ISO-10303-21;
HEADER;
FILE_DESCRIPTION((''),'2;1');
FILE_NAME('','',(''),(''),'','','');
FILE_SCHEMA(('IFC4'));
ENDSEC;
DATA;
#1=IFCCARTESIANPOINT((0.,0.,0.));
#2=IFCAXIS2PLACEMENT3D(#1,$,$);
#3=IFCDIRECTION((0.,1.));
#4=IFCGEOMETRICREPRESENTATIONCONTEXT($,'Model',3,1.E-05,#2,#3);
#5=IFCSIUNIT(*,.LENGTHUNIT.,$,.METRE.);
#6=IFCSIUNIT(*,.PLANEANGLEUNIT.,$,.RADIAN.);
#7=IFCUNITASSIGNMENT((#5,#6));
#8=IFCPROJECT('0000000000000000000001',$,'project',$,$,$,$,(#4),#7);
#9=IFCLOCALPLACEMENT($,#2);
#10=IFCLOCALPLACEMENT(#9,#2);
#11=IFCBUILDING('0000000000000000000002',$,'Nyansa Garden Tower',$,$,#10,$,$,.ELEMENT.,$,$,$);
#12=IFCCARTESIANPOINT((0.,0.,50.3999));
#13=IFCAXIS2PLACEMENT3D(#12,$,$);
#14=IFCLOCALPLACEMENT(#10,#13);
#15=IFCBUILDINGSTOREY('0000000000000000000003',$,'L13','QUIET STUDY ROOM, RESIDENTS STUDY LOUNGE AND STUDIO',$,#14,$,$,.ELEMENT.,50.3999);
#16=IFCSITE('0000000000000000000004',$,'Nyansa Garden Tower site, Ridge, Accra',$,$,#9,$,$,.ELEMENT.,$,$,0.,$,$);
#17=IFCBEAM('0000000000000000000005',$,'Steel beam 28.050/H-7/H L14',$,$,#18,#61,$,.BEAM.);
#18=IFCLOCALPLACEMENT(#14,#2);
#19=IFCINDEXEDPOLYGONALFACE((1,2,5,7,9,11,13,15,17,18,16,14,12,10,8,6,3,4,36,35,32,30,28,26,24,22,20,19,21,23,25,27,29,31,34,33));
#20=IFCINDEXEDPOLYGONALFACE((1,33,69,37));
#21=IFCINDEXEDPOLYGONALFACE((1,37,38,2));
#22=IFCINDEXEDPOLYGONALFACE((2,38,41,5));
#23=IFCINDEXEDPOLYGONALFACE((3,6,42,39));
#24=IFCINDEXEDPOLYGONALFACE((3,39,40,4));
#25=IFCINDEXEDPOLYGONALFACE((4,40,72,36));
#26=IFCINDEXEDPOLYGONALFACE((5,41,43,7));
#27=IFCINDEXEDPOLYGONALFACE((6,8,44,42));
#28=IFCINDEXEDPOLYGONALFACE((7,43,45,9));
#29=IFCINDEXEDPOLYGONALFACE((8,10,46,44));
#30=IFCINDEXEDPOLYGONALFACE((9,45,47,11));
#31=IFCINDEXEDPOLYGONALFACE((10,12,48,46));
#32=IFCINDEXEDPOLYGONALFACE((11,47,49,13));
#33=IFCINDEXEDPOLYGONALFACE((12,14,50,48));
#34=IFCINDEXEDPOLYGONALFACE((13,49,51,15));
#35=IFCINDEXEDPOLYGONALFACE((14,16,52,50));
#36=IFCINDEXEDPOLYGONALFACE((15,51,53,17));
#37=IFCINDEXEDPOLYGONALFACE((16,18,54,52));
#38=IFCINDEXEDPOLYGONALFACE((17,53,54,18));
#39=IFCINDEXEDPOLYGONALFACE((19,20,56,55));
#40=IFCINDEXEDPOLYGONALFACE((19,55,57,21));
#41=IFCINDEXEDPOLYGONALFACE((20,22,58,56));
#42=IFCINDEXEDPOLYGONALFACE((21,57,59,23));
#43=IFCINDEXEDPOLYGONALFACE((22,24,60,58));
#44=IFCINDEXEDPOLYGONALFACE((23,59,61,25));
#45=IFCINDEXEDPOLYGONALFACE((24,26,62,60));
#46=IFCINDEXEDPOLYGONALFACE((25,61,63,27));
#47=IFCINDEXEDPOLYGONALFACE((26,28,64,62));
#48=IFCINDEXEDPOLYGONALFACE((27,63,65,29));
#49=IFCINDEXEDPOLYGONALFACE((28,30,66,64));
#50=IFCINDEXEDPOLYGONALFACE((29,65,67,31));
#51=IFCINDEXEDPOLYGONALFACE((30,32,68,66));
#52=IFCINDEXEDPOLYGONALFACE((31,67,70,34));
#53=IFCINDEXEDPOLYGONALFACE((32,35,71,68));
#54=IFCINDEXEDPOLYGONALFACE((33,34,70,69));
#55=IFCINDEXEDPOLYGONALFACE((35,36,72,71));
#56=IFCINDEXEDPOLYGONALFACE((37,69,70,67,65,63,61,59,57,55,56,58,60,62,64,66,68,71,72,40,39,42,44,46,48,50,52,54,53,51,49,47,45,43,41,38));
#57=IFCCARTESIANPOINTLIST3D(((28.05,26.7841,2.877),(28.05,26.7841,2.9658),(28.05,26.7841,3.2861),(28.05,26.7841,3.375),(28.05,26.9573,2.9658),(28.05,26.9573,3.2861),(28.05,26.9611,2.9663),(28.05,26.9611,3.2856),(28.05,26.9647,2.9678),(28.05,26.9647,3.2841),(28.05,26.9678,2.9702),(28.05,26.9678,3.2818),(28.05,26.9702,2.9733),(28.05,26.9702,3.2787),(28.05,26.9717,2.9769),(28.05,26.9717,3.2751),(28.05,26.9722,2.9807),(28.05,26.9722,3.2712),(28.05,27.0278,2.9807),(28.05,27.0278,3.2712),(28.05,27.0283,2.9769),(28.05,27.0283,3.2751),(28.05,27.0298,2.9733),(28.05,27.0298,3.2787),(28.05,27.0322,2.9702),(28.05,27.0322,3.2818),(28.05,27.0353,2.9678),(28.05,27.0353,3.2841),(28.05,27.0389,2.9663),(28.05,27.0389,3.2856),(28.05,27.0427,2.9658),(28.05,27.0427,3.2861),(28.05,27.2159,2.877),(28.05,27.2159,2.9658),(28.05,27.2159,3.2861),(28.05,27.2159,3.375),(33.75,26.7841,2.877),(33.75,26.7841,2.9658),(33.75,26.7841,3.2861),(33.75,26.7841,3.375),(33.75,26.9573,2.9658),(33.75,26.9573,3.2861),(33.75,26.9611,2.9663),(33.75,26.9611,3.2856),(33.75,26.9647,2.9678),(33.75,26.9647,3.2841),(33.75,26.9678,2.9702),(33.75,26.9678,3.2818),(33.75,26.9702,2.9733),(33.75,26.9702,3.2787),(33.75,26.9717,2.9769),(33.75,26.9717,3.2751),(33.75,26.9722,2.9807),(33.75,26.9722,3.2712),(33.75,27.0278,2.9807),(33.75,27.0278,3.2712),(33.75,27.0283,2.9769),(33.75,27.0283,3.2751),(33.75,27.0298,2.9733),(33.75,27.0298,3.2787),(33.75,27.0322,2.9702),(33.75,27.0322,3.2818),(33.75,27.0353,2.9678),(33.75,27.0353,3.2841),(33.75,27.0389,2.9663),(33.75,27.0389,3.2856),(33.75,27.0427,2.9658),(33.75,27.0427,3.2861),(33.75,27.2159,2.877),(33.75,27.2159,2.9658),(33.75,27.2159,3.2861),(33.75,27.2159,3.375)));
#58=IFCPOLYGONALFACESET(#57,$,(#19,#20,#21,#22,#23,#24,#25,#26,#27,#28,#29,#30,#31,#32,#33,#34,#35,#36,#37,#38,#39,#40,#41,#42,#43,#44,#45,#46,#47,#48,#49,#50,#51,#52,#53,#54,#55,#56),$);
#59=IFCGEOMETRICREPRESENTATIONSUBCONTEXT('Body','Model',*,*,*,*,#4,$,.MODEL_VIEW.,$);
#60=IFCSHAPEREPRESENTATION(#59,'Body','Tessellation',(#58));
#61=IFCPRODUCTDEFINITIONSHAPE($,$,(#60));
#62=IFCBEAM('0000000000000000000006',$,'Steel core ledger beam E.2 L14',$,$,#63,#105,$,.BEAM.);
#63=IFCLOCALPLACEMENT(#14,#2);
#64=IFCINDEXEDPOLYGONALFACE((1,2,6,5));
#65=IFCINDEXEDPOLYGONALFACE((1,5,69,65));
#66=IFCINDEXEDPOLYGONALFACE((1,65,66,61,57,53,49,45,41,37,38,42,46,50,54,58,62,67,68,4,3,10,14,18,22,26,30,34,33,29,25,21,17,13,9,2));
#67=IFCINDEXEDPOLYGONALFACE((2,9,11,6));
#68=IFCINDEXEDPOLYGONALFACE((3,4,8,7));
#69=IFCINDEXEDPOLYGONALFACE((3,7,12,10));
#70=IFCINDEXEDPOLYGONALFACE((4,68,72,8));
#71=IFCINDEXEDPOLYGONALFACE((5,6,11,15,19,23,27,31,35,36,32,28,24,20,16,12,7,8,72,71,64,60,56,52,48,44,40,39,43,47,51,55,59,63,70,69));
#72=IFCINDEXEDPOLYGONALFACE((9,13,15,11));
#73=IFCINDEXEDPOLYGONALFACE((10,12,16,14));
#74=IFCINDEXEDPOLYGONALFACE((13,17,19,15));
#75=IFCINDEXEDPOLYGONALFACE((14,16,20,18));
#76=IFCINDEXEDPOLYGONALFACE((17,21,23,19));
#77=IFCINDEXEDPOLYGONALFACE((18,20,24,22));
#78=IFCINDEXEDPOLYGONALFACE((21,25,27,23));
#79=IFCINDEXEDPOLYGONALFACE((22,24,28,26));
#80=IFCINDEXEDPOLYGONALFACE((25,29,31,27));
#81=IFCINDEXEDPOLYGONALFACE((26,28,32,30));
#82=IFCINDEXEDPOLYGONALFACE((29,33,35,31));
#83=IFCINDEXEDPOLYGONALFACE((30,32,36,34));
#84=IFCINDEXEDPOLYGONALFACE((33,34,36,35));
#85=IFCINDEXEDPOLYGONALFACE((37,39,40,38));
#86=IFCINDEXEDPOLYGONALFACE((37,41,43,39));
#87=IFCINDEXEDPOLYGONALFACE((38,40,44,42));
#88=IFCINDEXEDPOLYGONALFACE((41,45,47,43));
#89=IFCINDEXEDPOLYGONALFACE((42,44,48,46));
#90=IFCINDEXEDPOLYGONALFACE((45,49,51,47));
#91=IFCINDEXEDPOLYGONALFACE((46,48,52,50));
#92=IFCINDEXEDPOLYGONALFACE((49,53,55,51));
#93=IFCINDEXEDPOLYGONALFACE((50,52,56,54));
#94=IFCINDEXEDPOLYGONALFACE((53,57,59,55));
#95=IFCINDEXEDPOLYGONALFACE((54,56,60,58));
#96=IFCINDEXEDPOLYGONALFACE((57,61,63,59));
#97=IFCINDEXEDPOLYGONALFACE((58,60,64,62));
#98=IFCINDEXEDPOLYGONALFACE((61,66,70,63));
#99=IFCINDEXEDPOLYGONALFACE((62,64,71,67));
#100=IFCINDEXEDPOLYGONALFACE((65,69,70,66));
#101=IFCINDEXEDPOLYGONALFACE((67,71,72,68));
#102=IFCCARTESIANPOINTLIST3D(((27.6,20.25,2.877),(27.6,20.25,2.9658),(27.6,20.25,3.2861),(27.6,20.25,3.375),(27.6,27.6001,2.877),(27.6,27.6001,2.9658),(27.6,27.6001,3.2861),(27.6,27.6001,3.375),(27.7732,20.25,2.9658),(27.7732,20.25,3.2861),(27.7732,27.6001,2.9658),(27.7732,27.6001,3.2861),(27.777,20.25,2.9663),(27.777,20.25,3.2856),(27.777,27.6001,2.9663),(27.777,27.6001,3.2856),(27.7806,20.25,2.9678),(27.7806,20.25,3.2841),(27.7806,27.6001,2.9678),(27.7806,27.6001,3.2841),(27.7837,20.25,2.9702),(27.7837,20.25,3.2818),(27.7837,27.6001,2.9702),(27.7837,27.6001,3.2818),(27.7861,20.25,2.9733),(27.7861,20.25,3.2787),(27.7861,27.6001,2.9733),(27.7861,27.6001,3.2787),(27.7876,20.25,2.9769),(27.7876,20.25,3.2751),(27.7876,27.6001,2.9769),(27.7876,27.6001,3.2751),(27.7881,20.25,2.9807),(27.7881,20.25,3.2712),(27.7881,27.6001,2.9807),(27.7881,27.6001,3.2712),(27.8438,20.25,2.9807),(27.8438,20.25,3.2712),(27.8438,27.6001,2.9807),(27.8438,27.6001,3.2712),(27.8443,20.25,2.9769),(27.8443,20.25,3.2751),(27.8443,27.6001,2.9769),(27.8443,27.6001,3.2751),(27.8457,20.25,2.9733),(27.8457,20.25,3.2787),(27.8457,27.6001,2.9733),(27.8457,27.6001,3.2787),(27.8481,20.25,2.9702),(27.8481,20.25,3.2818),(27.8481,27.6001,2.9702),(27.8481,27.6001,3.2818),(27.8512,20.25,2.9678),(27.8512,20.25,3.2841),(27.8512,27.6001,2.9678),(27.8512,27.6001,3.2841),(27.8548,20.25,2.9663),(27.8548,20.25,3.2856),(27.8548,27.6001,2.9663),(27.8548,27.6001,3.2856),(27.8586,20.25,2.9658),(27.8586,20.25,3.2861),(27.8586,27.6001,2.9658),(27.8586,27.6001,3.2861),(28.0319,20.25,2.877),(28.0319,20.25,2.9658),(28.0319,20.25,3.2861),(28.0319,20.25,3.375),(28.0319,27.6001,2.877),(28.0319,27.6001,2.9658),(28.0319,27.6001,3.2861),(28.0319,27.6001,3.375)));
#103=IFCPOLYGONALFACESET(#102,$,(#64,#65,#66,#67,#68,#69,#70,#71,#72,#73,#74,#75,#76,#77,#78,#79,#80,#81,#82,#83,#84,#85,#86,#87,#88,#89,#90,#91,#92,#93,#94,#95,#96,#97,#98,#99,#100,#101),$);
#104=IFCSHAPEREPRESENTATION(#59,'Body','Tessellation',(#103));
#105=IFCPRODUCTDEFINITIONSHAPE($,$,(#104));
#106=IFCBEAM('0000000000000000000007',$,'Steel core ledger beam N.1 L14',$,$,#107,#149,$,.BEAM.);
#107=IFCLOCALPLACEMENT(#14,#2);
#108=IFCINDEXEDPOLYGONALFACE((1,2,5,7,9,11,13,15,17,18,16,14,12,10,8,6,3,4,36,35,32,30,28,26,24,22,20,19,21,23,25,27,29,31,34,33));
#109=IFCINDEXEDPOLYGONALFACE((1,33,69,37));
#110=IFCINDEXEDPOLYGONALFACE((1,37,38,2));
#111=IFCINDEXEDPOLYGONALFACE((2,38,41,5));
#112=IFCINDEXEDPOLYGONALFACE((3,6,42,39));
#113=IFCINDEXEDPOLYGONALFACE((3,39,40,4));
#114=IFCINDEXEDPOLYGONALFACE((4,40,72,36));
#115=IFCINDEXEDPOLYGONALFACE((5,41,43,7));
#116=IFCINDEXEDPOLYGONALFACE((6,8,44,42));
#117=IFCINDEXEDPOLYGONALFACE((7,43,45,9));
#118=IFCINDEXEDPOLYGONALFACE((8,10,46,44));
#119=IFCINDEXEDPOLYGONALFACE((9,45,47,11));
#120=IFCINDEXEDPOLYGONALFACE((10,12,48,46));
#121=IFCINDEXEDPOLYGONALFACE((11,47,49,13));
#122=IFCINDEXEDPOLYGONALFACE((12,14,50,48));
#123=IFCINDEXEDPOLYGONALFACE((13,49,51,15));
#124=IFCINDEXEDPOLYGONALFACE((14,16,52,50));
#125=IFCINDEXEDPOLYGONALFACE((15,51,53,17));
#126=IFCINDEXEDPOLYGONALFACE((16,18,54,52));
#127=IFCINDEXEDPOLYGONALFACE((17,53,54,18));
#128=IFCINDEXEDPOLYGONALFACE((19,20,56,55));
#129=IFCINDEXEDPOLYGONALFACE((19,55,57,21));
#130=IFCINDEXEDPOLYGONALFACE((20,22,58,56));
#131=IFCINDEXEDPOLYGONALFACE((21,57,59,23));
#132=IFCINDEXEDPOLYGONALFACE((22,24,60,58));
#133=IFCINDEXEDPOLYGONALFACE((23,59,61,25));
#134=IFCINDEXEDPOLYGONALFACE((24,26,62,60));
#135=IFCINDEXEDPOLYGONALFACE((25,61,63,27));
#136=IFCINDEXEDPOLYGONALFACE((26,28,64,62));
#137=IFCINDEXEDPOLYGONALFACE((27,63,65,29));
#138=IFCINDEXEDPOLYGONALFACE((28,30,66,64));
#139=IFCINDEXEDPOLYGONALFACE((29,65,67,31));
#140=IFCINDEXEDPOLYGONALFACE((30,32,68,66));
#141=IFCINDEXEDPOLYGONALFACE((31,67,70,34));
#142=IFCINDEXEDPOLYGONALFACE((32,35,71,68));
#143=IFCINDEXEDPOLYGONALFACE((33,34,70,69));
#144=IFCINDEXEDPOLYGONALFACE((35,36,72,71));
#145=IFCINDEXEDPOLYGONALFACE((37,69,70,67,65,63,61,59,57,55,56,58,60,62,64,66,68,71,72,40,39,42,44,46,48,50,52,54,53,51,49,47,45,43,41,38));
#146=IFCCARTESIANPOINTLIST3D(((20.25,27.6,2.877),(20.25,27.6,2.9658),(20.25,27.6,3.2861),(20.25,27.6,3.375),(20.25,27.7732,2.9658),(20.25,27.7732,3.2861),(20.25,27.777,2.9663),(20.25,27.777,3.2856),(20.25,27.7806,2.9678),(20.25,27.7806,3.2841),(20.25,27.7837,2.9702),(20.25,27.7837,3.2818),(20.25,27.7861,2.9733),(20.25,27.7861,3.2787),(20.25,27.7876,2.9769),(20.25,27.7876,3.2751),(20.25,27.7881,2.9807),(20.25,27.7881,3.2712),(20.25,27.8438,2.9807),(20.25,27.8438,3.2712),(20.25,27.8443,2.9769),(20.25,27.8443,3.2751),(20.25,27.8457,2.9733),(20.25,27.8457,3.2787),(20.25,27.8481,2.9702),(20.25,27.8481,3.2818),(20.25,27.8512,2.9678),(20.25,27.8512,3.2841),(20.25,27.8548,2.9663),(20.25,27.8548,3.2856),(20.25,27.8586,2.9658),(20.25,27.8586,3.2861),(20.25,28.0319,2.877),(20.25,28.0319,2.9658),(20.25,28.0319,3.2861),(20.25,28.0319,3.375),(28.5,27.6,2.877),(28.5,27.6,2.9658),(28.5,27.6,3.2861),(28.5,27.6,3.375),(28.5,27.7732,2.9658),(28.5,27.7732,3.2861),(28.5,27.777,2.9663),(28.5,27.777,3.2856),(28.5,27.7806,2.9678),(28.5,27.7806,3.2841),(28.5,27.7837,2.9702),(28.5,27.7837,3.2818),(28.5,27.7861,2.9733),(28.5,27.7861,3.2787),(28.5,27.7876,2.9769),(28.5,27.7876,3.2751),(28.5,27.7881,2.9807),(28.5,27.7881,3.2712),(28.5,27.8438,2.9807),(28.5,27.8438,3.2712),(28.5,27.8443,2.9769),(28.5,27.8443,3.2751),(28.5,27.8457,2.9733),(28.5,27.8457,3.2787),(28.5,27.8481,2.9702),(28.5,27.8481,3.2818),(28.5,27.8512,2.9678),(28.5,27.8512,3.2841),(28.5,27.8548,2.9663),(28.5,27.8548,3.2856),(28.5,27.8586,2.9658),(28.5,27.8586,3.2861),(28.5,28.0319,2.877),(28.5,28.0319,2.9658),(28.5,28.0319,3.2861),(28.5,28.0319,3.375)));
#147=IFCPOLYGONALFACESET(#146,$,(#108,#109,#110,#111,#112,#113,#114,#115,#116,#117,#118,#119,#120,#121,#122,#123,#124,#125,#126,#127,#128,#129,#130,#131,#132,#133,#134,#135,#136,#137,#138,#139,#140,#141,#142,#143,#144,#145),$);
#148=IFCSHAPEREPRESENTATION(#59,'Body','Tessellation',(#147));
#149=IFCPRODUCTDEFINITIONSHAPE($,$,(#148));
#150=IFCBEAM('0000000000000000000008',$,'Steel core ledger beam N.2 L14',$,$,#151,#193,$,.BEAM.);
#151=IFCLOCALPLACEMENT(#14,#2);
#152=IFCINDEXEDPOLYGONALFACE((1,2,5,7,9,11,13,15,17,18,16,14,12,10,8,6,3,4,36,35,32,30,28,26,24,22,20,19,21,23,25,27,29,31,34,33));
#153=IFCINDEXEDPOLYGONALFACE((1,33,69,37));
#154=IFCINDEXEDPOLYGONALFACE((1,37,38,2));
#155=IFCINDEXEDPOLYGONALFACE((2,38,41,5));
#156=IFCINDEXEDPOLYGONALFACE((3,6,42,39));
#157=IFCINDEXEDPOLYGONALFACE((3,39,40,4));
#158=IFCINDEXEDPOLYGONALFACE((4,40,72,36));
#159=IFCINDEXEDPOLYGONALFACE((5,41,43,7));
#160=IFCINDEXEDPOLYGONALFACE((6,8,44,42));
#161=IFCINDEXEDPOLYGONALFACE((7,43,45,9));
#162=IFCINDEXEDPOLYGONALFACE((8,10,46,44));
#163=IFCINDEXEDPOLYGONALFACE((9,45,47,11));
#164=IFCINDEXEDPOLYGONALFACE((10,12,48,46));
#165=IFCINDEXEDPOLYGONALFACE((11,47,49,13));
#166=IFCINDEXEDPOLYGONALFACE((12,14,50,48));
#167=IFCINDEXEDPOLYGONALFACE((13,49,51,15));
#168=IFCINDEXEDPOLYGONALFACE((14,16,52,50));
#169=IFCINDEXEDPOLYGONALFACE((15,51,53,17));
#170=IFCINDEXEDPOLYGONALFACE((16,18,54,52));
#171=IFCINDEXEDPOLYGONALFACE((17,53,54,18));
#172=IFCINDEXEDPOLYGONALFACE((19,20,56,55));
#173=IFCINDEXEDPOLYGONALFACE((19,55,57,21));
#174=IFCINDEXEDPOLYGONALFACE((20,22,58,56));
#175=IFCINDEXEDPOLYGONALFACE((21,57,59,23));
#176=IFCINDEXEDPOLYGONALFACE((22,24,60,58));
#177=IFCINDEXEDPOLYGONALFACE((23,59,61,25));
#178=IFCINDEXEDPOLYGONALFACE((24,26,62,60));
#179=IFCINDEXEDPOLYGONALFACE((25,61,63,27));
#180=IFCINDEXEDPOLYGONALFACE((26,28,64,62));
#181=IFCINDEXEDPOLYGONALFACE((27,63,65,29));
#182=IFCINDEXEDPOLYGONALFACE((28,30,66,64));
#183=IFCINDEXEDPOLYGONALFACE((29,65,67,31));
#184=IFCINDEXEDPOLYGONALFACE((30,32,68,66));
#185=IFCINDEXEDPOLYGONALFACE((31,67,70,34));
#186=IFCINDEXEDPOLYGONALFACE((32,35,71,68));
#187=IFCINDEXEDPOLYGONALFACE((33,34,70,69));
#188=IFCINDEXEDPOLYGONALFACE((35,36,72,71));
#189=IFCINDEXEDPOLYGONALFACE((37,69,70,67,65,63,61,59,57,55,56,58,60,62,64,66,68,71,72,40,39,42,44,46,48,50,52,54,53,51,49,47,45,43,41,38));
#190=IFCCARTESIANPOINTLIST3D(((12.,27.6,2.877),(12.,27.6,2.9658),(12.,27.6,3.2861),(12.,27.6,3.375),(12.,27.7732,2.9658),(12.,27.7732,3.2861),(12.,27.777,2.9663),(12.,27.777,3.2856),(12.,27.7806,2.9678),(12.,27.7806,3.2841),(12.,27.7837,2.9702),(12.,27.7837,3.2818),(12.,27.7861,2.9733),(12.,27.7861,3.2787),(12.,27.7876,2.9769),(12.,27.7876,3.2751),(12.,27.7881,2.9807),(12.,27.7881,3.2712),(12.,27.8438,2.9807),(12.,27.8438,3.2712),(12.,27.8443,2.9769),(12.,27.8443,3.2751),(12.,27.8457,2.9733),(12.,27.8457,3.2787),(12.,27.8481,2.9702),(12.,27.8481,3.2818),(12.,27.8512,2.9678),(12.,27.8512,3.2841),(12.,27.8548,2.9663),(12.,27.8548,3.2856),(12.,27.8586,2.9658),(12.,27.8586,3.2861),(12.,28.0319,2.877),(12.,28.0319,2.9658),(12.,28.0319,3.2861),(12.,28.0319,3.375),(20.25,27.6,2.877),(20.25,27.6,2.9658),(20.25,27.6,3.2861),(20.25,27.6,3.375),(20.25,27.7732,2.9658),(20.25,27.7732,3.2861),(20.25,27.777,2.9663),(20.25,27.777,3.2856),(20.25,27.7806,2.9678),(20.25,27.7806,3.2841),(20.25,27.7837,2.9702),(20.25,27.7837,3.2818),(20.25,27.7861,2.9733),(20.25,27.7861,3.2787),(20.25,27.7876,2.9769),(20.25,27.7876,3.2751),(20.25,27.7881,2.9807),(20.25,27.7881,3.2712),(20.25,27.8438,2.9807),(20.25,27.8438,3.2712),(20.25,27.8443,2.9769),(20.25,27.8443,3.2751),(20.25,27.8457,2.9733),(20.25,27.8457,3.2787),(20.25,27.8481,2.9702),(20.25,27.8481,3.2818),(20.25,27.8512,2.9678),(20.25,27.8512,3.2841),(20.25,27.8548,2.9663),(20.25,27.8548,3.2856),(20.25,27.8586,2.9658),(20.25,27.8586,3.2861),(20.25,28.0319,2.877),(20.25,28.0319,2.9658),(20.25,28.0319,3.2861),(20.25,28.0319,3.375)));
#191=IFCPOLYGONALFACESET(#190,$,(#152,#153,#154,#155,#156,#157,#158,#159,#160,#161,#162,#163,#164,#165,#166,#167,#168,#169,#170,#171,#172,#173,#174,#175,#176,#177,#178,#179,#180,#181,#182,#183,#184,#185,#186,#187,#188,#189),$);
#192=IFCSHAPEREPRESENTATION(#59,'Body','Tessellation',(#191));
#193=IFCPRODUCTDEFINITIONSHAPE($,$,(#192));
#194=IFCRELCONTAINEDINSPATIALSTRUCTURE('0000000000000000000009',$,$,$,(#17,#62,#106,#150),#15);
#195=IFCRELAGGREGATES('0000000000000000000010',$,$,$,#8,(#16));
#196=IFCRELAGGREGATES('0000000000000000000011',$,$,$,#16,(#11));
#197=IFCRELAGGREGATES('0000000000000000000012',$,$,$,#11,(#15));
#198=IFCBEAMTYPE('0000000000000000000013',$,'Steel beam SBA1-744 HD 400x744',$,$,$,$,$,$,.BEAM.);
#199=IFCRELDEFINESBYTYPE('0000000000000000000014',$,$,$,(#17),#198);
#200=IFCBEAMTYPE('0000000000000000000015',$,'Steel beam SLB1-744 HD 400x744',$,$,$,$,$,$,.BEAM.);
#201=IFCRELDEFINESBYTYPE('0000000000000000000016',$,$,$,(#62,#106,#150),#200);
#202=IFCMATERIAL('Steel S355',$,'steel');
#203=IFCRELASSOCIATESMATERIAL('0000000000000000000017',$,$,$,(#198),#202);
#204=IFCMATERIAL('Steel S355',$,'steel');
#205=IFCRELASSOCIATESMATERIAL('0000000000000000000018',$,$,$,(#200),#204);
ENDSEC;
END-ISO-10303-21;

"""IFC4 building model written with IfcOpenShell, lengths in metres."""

from ifc_helpers import new_model, si_unit, direction, frame, origin, origin_2d, place, context, subcontext, project, spatial, i_section, extrude, material, material_profile, profile_set, type_object, element, save


model = new_model("IFC4")

# Units and contexts
model_context = context("Model", 3, precision=1e-05, world=origin(), true_north=direction((0.0, 1.0)))
body_context = subcontext(model_context, "Body", "Model", "MODEL_VIEW")
ifc_project = project(units=[si_unit("LENGTHUNIT", "METRE"), si_unit("PLANEANGLEUNIT", "RADIAN")], contexts=[model_context])

# Site, building, storey
site_placement = place(None, origin())
site = spatial("IfcSite", under=ifc_project, at=site_placement, Name="Nyansa Garden Tower site, Ridge, Accra", CompositionType="ELEMENT", RefElevation=0.0)
building_placement = place(site_placement, origin())
building = spatial("IfcBuilding", under=site, at=building_placement, Name="Nyansa Garden Tower", CompositionType="ELEMENT")
storey_placement = place(building_placement, frame((0.0, 0.0, 50.3999)))
storey = spatial("IfcBuildingStorey", under=building, at=storey_placement, Name="L13", Description="QUIET STUDY ROOM, RESIDENTS STUDY LOUNGE AND STUDIO", CompositionType="ELEMENT", Elevation=50.3999)

# Beams
ifc_material_1 = material(Name="Steel S355", Category="steel")
ifc_material_profile_1 = material_profile(ifc_material_1, i_section(OverallWidth=0.4319, OverallDepth=0.498, WebThickness=0.0557, FlangeThickness=0.0889, FilletRadius=0.0149, at=origin_2d()), Name="HD 400x744")
ifc_profile_set_1 = profile_set([ifc_material_profile_1], Name="Steel S355")
beam_type_1 = type_object("IfcBeamType", Name="Steel beam SBA1-744 HD 400x744", PredefinedType="BEAM", material=ifc_profile_set_1)
for number, where, z_axis, x_axis, name in (
    (1, (28.05, 27.0, 3.126), (1.0, 0.0, 0.0), (0.0, 1.0, 0.0), "Steel beam 28.050/H-7/H L14"),
):
    element("IfcBeam", number, at=place(storey_placement, frame(where, z_axis=z_axis, x_axis=x_axis)), inside=storey, type_object=beam_type_1, Name=name, PredefinedType="BEAM", context=body_context, shape_type="SweptSolid", body=[
        extrude(i_section(OverallWidth=0.4319, OverallDepth=0.498, WebThickness=0.0557, FlangeThickness=0.0889, FilletRadius=0.0149, at=origin_2d()), origin(), (0.0, 0.0, 1.0), 5.7),
    ])
ifc_material_2 = material(Name="Steel S355", Category="steel")
ifc_material_profile_2 = material_profile(ifc_material_2, i_section(OverallWidth=0.4319, OverallDepth=0.498, WebThickness=0.0557, FlangeThickness=0.0889, FilletRadius=0.0149, at=origin_2d()), Name="HD 400x744")
ifc_profile_set_2 = profile_set([ifc_material_profile_2], Name="Steel S355")
beam_type_2 = type_object("IfcBeamType", Name="Steel beam SLB1-744 HD 400x744", PredefinedType="BEAM", material=ifc_profile_set_2)
beam_1_placement = place(storey_placement, frame((27.8159, 20.25, 3.126), z_axis=(0.0, 1.0, 0.0), x_axis=(-1.0, 0.0, 0.0)))
element("IfcBeam", 2, at=beam_1_placement, inside=storey, type_object=beam_type_2, Name="Steel core ledger beam E.2 L14", PredefinedType="BEAM", context=body_context, shape_type="SweptSolid", body=[
    extrude(i_section(OverallWidth=0.4319, OverallDepth=0.498, WebThickness=0.0557, FlangeThickness=0.0889, FilletRadius=0.0149, at=origin_2d()), origin(), (0.0, 0.0, 1.0), 7.3501),
])
for number, where, z_axis, x_axis, name in (
    (3, (28.5, 27.8159, 3.126), (-1.0, 0.0, 0.0), (0.0, -1.0, 0.0), "Steel core ledger beam N.1 L14"),
    (4, (20.25, 27.8159, 3.126), (-1.0, 0.0, 0.0), (0.0, -1.0, 0.0), "Steel core ledger beam N.2 L14"),
):
    element("IfcBeam", number, at=place(storey_placement, frame(where, z_axis=z_axis, x_axis=x_axis)), inside=storey, type_object=beam_type_2, Name=name, PredefinedType="BEAM", context=body_context, shape_type="SweptSolid", body=[
        extrude(i_section(OverallWidth=0.4319, OverallDepth=0.498, WebThickness=0.0557, FlangeThickness=0.0889, FilletRadius=0.0149, at=origin_2d()), origin(), (0.0, 0.0, 1.0), 8.25),
    ])

save(model, "model.ifc")
